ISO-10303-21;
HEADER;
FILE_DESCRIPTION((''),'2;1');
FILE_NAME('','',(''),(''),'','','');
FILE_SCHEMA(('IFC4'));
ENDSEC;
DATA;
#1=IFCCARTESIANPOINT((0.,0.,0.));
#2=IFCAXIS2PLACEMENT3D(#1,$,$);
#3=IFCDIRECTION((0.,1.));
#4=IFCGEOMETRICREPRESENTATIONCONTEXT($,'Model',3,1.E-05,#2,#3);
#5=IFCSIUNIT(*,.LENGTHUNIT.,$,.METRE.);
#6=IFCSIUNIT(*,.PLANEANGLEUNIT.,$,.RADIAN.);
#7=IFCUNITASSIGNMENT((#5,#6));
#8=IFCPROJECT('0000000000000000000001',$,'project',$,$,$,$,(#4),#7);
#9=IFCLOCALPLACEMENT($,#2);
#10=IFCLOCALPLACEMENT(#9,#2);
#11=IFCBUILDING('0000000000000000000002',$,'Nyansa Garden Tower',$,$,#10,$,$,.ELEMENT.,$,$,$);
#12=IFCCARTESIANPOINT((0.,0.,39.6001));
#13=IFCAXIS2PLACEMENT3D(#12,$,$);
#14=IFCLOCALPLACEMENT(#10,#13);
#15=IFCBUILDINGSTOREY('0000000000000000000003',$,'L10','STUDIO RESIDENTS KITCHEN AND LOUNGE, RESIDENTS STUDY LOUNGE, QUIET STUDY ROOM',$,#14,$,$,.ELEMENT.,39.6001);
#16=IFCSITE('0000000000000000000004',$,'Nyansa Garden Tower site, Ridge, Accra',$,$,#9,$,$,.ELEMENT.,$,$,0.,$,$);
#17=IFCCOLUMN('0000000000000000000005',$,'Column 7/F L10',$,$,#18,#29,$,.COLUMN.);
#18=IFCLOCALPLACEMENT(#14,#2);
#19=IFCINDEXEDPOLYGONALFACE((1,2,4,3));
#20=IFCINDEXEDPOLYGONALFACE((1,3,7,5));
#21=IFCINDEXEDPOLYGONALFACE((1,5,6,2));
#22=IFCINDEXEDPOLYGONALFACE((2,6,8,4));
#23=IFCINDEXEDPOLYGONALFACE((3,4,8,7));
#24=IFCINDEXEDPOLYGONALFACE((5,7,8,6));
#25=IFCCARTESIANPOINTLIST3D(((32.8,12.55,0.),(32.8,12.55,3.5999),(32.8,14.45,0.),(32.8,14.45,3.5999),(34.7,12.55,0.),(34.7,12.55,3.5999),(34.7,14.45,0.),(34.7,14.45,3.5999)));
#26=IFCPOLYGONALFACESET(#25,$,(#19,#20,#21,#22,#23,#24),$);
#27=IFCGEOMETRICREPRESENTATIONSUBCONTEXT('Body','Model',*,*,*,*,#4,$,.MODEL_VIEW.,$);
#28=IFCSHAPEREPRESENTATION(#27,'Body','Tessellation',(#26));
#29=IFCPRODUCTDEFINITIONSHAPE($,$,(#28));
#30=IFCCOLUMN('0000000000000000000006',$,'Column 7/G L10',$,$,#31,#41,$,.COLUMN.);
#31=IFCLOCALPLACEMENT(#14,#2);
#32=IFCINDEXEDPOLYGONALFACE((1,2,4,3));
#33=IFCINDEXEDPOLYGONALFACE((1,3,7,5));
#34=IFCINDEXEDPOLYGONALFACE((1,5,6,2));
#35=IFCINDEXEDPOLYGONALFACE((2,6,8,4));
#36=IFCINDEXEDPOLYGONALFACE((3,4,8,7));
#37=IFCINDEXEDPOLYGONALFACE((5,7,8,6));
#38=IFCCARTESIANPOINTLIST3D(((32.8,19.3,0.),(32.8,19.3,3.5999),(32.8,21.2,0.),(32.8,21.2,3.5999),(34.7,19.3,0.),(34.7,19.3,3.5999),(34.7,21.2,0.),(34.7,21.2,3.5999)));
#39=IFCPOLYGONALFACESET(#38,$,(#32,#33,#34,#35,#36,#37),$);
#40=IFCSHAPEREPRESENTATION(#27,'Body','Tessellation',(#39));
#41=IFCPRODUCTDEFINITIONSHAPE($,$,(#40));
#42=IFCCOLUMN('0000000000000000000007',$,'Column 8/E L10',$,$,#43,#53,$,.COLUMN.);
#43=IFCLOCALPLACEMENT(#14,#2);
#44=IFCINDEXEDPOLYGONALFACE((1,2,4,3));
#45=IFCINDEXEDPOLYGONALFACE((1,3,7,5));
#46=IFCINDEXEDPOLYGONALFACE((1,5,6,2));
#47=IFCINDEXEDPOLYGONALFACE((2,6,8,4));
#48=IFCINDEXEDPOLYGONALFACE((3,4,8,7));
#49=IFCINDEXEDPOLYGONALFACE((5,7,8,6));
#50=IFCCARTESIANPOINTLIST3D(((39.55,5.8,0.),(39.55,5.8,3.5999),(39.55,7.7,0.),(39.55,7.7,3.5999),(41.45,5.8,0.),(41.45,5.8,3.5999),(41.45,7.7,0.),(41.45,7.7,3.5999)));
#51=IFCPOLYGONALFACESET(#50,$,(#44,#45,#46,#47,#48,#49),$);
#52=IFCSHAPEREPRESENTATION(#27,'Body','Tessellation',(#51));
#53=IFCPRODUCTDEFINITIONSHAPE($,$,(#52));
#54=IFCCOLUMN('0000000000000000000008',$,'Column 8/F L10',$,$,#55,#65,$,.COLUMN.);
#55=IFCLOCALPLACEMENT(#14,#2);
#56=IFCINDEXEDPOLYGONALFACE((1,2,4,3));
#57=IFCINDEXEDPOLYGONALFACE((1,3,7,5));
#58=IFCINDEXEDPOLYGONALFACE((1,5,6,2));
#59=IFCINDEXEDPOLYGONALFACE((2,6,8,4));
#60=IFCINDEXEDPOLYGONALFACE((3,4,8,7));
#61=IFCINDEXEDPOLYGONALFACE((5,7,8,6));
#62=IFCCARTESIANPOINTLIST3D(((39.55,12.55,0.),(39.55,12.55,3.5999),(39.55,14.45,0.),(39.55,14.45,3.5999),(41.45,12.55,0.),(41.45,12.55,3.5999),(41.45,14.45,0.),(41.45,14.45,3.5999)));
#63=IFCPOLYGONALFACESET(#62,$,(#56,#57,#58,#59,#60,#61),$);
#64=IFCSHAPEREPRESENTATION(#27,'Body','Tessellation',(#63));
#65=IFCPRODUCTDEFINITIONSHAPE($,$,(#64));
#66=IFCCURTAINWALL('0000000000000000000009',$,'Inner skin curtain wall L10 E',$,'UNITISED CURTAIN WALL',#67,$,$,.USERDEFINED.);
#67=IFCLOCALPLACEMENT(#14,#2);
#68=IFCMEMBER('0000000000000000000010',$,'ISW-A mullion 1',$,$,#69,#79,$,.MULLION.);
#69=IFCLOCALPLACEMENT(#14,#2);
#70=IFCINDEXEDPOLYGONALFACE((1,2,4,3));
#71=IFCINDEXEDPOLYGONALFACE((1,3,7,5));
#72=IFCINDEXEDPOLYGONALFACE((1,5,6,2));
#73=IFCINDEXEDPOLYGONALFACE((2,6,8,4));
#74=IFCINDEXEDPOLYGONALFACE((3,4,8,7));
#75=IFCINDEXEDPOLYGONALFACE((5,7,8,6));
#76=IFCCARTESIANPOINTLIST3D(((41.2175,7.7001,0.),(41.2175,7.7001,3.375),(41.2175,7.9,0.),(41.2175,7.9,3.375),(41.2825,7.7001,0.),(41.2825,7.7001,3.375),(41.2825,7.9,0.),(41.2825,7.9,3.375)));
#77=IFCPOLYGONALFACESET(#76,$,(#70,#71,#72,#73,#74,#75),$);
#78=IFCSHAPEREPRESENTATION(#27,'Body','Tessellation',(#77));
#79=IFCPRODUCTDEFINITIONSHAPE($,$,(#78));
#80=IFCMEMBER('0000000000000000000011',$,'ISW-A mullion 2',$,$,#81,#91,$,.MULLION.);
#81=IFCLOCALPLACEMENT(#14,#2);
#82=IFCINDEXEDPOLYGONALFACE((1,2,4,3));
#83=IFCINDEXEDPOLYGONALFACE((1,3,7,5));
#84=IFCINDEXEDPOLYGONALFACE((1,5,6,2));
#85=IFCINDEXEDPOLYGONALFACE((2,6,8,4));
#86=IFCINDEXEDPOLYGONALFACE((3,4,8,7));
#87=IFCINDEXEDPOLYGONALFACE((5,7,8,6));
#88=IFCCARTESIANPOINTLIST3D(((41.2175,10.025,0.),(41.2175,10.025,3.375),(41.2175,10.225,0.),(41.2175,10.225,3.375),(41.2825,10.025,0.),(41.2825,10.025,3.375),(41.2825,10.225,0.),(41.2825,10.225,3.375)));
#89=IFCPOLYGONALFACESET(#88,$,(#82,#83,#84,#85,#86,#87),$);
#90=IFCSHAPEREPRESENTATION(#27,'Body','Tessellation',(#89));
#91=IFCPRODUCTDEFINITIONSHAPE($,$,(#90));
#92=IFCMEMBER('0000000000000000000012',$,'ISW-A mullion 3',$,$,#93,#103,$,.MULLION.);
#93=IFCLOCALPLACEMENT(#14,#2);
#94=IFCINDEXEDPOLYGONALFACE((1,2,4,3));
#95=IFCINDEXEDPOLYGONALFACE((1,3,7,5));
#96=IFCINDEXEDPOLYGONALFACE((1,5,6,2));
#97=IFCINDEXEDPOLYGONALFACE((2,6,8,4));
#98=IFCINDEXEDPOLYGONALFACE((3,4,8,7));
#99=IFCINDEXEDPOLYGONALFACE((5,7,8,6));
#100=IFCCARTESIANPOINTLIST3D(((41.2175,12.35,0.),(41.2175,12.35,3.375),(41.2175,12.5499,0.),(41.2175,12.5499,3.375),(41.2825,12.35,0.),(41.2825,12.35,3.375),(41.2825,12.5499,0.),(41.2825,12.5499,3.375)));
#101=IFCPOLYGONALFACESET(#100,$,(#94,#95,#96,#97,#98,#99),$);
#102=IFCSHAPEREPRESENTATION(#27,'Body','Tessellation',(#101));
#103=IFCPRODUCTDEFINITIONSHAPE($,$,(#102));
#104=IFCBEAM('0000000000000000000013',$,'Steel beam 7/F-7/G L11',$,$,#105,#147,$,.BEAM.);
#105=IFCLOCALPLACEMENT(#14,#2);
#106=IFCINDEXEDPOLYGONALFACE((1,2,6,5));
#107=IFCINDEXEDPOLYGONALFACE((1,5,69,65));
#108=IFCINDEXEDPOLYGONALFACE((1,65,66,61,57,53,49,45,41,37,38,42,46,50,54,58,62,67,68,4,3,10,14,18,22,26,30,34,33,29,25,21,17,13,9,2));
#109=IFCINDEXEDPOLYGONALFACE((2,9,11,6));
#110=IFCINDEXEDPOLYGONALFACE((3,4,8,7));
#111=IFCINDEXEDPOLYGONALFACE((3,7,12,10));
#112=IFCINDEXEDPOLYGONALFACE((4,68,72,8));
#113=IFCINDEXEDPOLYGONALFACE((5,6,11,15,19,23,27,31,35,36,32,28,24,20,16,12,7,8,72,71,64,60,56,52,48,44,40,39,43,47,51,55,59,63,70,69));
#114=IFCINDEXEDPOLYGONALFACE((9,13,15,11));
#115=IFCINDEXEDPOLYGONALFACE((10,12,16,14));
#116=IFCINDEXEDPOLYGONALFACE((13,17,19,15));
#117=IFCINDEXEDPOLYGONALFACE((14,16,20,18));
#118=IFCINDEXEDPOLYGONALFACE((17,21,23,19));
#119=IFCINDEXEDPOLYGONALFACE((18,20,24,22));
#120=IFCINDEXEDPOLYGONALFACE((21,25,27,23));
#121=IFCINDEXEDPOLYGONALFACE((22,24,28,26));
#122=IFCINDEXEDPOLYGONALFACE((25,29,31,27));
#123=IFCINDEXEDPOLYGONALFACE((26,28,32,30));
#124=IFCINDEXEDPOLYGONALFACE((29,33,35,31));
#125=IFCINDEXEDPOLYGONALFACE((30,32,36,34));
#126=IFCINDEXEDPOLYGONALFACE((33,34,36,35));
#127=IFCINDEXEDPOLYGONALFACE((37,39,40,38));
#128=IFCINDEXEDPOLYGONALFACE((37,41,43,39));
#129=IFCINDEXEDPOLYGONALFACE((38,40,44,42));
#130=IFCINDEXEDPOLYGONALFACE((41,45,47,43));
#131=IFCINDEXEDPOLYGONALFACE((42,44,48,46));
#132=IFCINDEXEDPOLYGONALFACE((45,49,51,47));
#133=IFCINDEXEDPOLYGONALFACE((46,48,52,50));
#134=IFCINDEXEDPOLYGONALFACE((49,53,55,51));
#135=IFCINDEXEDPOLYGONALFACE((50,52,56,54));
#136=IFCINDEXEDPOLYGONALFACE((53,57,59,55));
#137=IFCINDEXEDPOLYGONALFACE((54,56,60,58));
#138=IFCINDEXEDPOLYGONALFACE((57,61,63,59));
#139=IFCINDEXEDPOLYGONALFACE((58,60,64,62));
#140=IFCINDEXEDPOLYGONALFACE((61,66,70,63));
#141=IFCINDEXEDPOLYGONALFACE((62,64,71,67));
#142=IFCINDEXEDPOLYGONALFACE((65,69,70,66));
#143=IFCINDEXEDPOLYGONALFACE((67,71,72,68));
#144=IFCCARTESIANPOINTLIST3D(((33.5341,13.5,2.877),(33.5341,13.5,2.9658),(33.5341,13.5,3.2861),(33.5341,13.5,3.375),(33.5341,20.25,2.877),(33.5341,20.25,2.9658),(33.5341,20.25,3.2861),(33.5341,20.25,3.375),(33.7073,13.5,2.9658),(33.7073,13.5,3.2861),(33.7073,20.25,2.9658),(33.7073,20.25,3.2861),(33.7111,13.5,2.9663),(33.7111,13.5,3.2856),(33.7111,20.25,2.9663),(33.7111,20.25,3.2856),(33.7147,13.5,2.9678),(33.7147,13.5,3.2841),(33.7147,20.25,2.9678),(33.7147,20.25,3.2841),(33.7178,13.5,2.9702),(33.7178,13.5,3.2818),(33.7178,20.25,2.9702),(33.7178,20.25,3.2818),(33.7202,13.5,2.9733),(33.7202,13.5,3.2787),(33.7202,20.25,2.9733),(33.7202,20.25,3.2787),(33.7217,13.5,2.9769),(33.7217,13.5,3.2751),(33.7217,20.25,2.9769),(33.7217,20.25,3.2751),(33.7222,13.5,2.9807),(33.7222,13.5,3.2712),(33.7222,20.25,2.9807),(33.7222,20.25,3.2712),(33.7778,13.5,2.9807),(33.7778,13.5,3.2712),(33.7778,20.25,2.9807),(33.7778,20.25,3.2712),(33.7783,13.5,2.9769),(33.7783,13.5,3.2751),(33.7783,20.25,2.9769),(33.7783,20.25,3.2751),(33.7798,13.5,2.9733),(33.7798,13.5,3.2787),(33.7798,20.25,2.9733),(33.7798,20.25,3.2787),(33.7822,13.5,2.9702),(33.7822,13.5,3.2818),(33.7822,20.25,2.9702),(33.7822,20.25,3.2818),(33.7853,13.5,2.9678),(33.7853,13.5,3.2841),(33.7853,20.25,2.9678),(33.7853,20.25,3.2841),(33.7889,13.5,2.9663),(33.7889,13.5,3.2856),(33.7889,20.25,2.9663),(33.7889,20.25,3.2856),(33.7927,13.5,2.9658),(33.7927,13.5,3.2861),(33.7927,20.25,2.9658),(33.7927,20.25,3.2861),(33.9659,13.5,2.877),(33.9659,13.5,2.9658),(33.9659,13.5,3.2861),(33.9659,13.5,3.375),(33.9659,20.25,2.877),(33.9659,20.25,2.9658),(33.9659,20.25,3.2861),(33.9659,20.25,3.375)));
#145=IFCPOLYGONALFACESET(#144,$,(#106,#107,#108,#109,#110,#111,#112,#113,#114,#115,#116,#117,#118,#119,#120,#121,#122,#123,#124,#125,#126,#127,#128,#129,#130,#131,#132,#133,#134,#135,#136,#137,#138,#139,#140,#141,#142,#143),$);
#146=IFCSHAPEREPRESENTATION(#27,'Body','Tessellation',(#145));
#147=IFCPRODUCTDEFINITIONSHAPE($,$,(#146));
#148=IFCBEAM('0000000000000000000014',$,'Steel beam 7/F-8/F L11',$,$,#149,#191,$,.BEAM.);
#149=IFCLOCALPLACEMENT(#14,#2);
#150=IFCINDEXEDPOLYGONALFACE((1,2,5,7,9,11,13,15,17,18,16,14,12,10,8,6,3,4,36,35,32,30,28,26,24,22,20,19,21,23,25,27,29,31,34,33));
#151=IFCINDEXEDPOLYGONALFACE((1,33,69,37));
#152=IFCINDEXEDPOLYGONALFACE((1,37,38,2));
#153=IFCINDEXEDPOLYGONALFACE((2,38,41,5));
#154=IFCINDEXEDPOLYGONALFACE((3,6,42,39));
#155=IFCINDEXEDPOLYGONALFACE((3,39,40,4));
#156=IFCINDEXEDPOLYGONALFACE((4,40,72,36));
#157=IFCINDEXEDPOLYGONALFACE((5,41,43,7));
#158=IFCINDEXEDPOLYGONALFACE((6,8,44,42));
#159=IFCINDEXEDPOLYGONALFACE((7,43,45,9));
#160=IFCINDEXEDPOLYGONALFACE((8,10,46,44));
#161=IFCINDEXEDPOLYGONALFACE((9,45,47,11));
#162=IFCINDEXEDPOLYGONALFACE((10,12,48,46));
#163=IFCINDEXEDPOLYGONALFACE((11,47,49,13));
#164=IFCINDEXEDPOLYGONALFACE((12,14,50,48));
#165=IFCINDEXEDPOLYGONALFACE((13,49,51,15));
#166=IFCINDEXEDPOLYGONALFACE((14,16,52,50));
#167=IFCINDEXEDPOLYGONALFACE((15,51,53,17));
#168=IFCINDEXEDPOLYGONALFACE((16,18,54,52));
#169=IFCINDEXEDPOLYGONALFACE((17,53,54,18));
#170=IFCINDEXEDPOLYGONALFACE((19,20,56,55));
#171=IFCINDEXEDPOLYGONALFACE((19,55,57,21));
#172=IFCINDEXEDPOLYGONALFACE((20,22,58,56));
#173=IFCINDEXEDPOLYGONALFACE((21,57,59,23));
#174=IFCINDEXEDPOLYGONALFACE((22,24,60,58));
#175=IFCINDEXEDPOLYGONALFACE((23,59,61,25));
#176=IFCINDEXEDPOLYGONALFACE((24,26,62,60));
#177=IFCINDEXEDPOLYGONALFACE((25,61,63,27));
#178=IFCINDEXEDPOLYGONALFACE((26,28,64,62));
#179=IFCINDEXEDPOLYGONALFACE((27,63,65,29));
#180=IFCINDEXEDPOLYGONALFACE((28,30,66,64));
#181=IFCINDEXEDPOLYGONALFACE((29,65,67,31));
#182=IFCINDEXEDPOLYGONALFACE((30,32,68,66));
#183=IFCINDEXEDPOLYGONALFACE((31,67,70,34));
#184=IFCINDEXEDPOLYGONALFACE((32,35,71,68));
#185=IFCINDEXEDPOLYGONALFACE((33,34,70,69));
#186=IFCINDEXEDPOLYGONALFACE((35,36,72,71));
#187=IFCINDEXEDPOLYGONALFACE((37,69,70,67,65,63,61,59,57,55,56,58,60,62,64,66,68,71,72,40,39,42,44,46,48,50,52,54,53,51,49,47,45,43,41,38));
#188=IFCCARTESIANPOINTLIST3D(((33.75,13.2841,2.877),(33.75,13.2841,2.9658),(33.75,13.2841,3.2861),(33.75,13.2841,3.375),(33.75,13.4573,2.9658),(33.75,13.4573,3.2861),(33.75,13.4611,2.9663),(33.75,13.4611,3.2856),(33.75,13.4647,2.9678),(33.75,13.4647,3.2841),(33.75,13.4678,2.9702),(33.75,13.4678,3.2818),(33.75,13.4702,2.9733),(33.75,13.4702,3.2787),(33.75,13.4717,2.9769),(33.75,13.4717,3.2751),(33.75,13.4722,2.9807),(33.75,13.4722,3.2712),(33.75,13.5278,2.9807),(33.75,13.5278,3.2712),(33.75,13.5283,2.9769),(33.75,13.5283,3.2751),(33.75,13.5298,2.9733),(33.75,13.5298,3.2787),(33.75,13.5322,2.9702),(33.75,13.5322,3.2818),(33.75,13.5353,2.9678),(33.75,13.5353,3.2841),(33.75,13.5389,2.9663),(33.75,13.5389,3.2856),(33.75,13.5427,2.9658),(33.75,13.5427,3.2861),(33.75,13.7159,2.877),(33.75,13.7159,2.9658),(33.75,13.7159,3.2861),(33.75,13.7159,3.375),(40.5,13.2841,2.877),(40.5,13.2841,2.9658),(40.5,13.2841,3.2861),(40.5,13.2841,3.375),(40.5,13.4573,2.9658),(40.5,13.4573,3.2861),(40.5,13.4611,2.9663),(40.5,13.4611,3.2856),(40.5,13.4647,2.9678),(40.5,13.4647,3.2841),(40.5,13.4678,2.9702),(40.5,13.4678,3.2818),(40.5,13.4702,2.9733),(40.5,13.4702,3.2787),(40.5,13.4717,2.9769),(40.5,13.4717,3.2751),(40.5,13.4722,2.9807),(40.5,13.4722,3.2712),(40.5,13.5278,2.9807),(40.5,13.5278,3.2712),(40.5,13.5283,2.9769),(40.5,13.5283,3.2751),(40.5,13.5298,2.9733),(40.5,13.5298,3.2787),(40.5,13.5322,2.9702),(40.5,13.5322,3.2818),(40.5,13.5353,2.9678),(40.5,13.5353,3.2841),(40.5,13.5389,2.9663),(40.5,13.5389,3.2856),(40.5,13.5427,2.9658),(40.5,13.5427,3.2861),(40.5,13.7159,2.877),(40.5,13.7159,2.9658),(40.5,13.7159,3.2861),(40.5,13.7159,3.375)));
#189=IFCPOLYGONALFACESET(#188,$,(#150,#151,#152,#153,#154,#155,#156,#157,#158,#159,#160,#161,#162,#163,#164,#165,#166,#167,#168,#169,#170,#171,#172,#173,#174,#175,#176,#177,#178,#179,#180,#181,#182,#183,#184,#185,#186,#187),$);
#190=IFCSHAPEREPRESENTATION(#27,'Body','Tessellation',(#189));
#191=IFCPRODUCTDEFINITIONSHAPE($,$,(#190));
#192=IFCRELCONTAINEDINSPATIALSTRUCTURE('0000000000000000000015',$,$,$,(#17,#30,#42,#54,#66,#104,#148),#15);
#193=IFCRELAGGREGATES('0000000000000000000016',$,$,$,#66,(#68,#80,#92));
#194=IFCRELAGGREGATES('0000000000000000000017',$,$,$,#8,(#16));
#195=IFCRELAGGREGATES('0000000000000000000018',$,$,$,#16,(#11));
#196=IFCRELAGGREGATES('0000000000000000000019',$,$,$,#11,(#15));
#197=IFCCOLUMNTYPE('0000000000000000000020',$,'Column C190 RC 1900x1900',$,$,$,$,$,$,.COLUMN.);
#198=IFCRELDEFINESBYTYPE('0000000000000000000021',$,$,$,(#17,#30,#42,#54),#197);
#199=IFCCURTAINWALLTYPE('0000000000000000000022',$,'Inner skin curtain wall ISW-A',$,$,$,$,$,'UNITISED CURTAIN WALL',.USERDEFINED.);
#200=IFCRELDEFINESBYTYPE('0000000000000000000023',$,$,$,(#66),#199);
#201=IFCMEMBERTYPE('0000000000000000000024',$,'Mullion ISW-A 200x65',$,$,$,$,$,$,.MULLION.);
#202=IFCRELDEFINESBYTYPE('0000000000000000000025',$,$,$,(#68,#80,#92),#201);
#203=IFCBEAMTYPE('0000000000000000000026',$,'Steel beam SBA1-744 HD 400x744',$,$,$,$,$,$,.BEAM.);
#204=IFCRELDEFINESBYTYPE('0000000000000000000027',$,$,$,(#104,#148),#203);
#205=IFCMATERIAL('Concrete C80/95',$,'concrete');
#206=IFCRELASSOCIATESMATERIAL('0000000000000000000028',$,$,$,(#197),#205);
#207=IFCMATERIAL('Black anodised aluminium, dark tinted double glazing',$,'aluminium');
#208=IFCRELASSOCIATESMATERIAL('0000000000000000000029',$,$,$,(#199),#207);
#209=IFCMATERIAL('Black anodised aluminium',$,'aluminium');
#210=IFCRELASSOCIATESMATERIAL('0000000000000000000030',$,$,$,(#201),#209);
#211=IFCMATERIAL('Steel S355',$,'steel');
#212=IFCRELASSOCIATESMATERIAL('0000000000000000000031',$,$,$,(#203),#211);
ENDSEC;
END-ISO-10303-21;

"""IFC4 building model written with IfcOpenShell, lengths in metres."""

from ifc_helpers import new_model, si_unit, direction, frame, origin, origin_2d, place, context, subcontext, project, spatial, rectangle, i_section, extrude, material, material_profile, profile_set, type_object, element, aggregate, save


model = new_model("IFC4")

# Units and contexts
model_context = context("Model", 3, precision=1e-05, world=origin(), true_north=direction((0.0, 1.0)))
body_context = subcontext(model_context, "Body", "Model", "MODEL_VIEW")
ifc_project = project(units=[si_unit("LENGTHUNIT", "METRE"), si_unit("PLANEANGLEUNIT", "RADIAN")], contexts=[model_context])

# Site, building, storey
site_placement = place(None, origin())
site = spatial("IfcSite", under=ifc_project, at=site_placement, Name="Nyansa Garden Tower site, Ridge, Accra", CompositionType="ELEMENT", RefElevation=0.0)
building_placement = place(site_placement, origin())
building = spatial("IfcBuilding", under=site, at=building_placement, Name="Nyansa Garden Tower", CompositionType="ELEMENT")
storey_placement = place(building_placement, frame((0.0, 0.0, 39.6001)))
storey = spatial("IfcBuildingStorey", under=building, at=storey_placement, Name="L10", Description="STUDIO RESIDENTS KITCHEN AND LOUNGE, RESIDENTS STUDY LOUNGE, QUIET STUDY ROOM", CompositionType="ELEMENT", Elevation=39.6001)

# Columns
ifc_material_1 = material(Name="Concrete C80/95", Category="concrete")
ifc_material_profile_1 = material_profile(ifc_material_1, rectangle(XDim=1.8999, YDim=1.8999, at=origin_2d()), Name="RC 1900x1900")
ifc_profile_set_1 = profile_set([ifc_material_profile_1], Name="Concrete C80/95")
column_type = type_object("IfcColumnType", Name="Column C190 RC 1900x1900", PredefinedType="COLUMN", material=ifc_profile_set_1)
for number, where, z_axis, x_axis, name in (
    (1, (33.75, 13.5, 0.0), (0.0, 0.0, 1.0), (1.0, 0.0, 0.0), "Column 7/F L10"),
    (2, (33.75, 20.25, 0.0), (0.0, 0.0, 1.0), (1.0, 0.0, 0.0), "Column 7/G L10"),
    (3, (40.5, 6.75, 0.0), (0.0, 0.0, 1.0), (1.0, 0.0, 0.0), "Column 8/E L10"),
    (4, (40.5, 13.5, 0.0), (0.0, 0.0, 1.0), (1.0, 0.0, 0.0), "Column 8/F L10"),
):
    element("IfcColumn", number, at=place(storey_placement, frame(where, z_axis=z_axis, x_axis=x_axis)), inside=storey, type_object=column_type, Name=name, PredefinedType="COLUMN", context=body_context, shape_type="SweptSolid", body=[
        extrude(rectangle(XDim=1.8999, YDim=1.8999, at=origin_2d()), origin(), (0.0, 0.0, 1.0), 3.5999),
    ])

# Curtain wall, members
ifc_material_2 = material(Name="Black anodised aluminium, dark tinted double glazing", Category="aluminium")
curtain_wall_type = type_object("IfcCurtainWallType", Name="Inner skin curtain wall ISW-A", ElementType="UNITISED CURTAIN WALL", PredefinedType="USERDEFINED", material=ifc_material_2)
curtain_wall_placement = place(storey_placement, origin())
curtain_wall = element("IfcCurtainWall", 5, at=curtain_wall_placement, inside=storey, type_object=curtain_wall_type, Name="Inner skin curtain wall L10 E", ObjectType="UNITISED CURTAIN WALL", PredefinedType="USERDEFINED")
ifc_material_3 = material(Name="Black anodised aluminium", Category="aluminium")
ifc_material_profile_2 = material_profile(ifc_material_3, rectangle(XDim=0.0649, YDim=0.2, at=origin_2d()), Name="Mullion 200x65")
ifc_profile_set_2 = profile_set([ifc_material_profile_2], Name="Black anodised aluminium")
member_type_1 = type_object("IfcMemberType", Name="Mullion ISW-A 200x65", PredefinedType="MULLION", material=ifc_profile_set_2)
member_1_placement = place(storey_placement, frame((41.25, 7.8, 0.0), z_axis=(0.0, 0.0, 1.0), x_axis=(-1.0, 0.0, 0.0)))
member_1 = element("IfcMember", 6, at=member_1_placement, type_object=member_type_1, Name="ISW-A mullion 1", PredefinedType="MULLION", context=body_context, shape_type="SweptSolid", body=[
    extrude(rectangle(XDim=0.0649, YDim=0.2, at=origin_2d()), origin(), (0.0, 0.0, 1.0), 3.375),
])
member_2_placement = place(storey_placement, frame((41.25, 10.125, 0.0), z_axis=(0.0, 0.0, 1.0), x_axis=(-1.0, 0.0, 0.0)))
member_2 = element("IfcMember", 7, at=member_2_placement, type_object=member_type_1, Name="ISW-A mullion 2", PredefinedType="MULLION", context=body_context, shape_type="SweptSolid", body=[
    extrude(rectangle(XDim=0.0649, YDim=0.2, at=origin_2d()), origin(), (0.0, 0.0, 1.0), 3.375),
])
member_3_placement = place(storey_placement, frame((41.25, 12.45, 0.0), z_axis=(0.0, 0.0, 1.0), x_axis=(-1.0, 0.0, 0.0)))
member_3 = element("IfcMember", 8, at=member_3_placement, type_object=member_type_1, Name="ISW-A mullion 3", PredefinedType="MULLION", context=body_context, shape_type="SweptSolid", body=[
    extrude(rectangle(XDim=0.0649, YDim=0.2, at=origin_2d()), origin(), (0.0, 0.0, 1.0), 3.375),
])

# Beams
ifc_material_4 = material(Name="Steel S355", Category="steel")
ifc_material_profile_3 = material_profile(ifc_material_4, i_section(OverallWidth=0.4319, OverallDepth=0.498, WebThickness=0.0557, FlangeThickness=0.0889, FilletRadius=0.0149, at=origin_2d()), Name="HD 400x744")
ifc_profile_set_3 = profile_set([ifc_material_profile_3], Name="Steel S355")
beam_type_1 = type_object("IfcBeamType", Name="Steel beam SBA1-744 HD 400x744", PredefinedType="BEAM", material=ifc_profile_set_3)
for number, where, z_axis, x_axis, name in (
    (9, (33.75, 13.5, 3.126), (0.0, 1.0, 0.0), (-1.0, 0.0, 0.0), "Steel beam 7/F-7/G L11"),
    (10, (33.75, 13.5, 3.126), (1.0, 0.0, 0.0), (0.0, 1.0, 0.0), "Steel beam 7/F-8/F L11"),
):
    element("IfcBeam", number, at=place(storey_placement, frame(where, z_axis=z_axis, x_axis=x_axis)), inside=storey, type_object=beam_type_1, Name=name, PredefinedType="BEAM", context=body_context, shape_type="SweptSolid", body=[
        extrude(i_section(OverallWidth=0.4319, OverallDepth=0.498, WebThickness=0.0557, FlangeThickness=0.0889, FilletRadius=0.0149, at=origin_2d()), origin(), (0.0, 0.0, 1.0), 6.75),
    ])

aggregate(curtain_wall, [member_1, member_2, member_3])

save(model, "model.ifc")
